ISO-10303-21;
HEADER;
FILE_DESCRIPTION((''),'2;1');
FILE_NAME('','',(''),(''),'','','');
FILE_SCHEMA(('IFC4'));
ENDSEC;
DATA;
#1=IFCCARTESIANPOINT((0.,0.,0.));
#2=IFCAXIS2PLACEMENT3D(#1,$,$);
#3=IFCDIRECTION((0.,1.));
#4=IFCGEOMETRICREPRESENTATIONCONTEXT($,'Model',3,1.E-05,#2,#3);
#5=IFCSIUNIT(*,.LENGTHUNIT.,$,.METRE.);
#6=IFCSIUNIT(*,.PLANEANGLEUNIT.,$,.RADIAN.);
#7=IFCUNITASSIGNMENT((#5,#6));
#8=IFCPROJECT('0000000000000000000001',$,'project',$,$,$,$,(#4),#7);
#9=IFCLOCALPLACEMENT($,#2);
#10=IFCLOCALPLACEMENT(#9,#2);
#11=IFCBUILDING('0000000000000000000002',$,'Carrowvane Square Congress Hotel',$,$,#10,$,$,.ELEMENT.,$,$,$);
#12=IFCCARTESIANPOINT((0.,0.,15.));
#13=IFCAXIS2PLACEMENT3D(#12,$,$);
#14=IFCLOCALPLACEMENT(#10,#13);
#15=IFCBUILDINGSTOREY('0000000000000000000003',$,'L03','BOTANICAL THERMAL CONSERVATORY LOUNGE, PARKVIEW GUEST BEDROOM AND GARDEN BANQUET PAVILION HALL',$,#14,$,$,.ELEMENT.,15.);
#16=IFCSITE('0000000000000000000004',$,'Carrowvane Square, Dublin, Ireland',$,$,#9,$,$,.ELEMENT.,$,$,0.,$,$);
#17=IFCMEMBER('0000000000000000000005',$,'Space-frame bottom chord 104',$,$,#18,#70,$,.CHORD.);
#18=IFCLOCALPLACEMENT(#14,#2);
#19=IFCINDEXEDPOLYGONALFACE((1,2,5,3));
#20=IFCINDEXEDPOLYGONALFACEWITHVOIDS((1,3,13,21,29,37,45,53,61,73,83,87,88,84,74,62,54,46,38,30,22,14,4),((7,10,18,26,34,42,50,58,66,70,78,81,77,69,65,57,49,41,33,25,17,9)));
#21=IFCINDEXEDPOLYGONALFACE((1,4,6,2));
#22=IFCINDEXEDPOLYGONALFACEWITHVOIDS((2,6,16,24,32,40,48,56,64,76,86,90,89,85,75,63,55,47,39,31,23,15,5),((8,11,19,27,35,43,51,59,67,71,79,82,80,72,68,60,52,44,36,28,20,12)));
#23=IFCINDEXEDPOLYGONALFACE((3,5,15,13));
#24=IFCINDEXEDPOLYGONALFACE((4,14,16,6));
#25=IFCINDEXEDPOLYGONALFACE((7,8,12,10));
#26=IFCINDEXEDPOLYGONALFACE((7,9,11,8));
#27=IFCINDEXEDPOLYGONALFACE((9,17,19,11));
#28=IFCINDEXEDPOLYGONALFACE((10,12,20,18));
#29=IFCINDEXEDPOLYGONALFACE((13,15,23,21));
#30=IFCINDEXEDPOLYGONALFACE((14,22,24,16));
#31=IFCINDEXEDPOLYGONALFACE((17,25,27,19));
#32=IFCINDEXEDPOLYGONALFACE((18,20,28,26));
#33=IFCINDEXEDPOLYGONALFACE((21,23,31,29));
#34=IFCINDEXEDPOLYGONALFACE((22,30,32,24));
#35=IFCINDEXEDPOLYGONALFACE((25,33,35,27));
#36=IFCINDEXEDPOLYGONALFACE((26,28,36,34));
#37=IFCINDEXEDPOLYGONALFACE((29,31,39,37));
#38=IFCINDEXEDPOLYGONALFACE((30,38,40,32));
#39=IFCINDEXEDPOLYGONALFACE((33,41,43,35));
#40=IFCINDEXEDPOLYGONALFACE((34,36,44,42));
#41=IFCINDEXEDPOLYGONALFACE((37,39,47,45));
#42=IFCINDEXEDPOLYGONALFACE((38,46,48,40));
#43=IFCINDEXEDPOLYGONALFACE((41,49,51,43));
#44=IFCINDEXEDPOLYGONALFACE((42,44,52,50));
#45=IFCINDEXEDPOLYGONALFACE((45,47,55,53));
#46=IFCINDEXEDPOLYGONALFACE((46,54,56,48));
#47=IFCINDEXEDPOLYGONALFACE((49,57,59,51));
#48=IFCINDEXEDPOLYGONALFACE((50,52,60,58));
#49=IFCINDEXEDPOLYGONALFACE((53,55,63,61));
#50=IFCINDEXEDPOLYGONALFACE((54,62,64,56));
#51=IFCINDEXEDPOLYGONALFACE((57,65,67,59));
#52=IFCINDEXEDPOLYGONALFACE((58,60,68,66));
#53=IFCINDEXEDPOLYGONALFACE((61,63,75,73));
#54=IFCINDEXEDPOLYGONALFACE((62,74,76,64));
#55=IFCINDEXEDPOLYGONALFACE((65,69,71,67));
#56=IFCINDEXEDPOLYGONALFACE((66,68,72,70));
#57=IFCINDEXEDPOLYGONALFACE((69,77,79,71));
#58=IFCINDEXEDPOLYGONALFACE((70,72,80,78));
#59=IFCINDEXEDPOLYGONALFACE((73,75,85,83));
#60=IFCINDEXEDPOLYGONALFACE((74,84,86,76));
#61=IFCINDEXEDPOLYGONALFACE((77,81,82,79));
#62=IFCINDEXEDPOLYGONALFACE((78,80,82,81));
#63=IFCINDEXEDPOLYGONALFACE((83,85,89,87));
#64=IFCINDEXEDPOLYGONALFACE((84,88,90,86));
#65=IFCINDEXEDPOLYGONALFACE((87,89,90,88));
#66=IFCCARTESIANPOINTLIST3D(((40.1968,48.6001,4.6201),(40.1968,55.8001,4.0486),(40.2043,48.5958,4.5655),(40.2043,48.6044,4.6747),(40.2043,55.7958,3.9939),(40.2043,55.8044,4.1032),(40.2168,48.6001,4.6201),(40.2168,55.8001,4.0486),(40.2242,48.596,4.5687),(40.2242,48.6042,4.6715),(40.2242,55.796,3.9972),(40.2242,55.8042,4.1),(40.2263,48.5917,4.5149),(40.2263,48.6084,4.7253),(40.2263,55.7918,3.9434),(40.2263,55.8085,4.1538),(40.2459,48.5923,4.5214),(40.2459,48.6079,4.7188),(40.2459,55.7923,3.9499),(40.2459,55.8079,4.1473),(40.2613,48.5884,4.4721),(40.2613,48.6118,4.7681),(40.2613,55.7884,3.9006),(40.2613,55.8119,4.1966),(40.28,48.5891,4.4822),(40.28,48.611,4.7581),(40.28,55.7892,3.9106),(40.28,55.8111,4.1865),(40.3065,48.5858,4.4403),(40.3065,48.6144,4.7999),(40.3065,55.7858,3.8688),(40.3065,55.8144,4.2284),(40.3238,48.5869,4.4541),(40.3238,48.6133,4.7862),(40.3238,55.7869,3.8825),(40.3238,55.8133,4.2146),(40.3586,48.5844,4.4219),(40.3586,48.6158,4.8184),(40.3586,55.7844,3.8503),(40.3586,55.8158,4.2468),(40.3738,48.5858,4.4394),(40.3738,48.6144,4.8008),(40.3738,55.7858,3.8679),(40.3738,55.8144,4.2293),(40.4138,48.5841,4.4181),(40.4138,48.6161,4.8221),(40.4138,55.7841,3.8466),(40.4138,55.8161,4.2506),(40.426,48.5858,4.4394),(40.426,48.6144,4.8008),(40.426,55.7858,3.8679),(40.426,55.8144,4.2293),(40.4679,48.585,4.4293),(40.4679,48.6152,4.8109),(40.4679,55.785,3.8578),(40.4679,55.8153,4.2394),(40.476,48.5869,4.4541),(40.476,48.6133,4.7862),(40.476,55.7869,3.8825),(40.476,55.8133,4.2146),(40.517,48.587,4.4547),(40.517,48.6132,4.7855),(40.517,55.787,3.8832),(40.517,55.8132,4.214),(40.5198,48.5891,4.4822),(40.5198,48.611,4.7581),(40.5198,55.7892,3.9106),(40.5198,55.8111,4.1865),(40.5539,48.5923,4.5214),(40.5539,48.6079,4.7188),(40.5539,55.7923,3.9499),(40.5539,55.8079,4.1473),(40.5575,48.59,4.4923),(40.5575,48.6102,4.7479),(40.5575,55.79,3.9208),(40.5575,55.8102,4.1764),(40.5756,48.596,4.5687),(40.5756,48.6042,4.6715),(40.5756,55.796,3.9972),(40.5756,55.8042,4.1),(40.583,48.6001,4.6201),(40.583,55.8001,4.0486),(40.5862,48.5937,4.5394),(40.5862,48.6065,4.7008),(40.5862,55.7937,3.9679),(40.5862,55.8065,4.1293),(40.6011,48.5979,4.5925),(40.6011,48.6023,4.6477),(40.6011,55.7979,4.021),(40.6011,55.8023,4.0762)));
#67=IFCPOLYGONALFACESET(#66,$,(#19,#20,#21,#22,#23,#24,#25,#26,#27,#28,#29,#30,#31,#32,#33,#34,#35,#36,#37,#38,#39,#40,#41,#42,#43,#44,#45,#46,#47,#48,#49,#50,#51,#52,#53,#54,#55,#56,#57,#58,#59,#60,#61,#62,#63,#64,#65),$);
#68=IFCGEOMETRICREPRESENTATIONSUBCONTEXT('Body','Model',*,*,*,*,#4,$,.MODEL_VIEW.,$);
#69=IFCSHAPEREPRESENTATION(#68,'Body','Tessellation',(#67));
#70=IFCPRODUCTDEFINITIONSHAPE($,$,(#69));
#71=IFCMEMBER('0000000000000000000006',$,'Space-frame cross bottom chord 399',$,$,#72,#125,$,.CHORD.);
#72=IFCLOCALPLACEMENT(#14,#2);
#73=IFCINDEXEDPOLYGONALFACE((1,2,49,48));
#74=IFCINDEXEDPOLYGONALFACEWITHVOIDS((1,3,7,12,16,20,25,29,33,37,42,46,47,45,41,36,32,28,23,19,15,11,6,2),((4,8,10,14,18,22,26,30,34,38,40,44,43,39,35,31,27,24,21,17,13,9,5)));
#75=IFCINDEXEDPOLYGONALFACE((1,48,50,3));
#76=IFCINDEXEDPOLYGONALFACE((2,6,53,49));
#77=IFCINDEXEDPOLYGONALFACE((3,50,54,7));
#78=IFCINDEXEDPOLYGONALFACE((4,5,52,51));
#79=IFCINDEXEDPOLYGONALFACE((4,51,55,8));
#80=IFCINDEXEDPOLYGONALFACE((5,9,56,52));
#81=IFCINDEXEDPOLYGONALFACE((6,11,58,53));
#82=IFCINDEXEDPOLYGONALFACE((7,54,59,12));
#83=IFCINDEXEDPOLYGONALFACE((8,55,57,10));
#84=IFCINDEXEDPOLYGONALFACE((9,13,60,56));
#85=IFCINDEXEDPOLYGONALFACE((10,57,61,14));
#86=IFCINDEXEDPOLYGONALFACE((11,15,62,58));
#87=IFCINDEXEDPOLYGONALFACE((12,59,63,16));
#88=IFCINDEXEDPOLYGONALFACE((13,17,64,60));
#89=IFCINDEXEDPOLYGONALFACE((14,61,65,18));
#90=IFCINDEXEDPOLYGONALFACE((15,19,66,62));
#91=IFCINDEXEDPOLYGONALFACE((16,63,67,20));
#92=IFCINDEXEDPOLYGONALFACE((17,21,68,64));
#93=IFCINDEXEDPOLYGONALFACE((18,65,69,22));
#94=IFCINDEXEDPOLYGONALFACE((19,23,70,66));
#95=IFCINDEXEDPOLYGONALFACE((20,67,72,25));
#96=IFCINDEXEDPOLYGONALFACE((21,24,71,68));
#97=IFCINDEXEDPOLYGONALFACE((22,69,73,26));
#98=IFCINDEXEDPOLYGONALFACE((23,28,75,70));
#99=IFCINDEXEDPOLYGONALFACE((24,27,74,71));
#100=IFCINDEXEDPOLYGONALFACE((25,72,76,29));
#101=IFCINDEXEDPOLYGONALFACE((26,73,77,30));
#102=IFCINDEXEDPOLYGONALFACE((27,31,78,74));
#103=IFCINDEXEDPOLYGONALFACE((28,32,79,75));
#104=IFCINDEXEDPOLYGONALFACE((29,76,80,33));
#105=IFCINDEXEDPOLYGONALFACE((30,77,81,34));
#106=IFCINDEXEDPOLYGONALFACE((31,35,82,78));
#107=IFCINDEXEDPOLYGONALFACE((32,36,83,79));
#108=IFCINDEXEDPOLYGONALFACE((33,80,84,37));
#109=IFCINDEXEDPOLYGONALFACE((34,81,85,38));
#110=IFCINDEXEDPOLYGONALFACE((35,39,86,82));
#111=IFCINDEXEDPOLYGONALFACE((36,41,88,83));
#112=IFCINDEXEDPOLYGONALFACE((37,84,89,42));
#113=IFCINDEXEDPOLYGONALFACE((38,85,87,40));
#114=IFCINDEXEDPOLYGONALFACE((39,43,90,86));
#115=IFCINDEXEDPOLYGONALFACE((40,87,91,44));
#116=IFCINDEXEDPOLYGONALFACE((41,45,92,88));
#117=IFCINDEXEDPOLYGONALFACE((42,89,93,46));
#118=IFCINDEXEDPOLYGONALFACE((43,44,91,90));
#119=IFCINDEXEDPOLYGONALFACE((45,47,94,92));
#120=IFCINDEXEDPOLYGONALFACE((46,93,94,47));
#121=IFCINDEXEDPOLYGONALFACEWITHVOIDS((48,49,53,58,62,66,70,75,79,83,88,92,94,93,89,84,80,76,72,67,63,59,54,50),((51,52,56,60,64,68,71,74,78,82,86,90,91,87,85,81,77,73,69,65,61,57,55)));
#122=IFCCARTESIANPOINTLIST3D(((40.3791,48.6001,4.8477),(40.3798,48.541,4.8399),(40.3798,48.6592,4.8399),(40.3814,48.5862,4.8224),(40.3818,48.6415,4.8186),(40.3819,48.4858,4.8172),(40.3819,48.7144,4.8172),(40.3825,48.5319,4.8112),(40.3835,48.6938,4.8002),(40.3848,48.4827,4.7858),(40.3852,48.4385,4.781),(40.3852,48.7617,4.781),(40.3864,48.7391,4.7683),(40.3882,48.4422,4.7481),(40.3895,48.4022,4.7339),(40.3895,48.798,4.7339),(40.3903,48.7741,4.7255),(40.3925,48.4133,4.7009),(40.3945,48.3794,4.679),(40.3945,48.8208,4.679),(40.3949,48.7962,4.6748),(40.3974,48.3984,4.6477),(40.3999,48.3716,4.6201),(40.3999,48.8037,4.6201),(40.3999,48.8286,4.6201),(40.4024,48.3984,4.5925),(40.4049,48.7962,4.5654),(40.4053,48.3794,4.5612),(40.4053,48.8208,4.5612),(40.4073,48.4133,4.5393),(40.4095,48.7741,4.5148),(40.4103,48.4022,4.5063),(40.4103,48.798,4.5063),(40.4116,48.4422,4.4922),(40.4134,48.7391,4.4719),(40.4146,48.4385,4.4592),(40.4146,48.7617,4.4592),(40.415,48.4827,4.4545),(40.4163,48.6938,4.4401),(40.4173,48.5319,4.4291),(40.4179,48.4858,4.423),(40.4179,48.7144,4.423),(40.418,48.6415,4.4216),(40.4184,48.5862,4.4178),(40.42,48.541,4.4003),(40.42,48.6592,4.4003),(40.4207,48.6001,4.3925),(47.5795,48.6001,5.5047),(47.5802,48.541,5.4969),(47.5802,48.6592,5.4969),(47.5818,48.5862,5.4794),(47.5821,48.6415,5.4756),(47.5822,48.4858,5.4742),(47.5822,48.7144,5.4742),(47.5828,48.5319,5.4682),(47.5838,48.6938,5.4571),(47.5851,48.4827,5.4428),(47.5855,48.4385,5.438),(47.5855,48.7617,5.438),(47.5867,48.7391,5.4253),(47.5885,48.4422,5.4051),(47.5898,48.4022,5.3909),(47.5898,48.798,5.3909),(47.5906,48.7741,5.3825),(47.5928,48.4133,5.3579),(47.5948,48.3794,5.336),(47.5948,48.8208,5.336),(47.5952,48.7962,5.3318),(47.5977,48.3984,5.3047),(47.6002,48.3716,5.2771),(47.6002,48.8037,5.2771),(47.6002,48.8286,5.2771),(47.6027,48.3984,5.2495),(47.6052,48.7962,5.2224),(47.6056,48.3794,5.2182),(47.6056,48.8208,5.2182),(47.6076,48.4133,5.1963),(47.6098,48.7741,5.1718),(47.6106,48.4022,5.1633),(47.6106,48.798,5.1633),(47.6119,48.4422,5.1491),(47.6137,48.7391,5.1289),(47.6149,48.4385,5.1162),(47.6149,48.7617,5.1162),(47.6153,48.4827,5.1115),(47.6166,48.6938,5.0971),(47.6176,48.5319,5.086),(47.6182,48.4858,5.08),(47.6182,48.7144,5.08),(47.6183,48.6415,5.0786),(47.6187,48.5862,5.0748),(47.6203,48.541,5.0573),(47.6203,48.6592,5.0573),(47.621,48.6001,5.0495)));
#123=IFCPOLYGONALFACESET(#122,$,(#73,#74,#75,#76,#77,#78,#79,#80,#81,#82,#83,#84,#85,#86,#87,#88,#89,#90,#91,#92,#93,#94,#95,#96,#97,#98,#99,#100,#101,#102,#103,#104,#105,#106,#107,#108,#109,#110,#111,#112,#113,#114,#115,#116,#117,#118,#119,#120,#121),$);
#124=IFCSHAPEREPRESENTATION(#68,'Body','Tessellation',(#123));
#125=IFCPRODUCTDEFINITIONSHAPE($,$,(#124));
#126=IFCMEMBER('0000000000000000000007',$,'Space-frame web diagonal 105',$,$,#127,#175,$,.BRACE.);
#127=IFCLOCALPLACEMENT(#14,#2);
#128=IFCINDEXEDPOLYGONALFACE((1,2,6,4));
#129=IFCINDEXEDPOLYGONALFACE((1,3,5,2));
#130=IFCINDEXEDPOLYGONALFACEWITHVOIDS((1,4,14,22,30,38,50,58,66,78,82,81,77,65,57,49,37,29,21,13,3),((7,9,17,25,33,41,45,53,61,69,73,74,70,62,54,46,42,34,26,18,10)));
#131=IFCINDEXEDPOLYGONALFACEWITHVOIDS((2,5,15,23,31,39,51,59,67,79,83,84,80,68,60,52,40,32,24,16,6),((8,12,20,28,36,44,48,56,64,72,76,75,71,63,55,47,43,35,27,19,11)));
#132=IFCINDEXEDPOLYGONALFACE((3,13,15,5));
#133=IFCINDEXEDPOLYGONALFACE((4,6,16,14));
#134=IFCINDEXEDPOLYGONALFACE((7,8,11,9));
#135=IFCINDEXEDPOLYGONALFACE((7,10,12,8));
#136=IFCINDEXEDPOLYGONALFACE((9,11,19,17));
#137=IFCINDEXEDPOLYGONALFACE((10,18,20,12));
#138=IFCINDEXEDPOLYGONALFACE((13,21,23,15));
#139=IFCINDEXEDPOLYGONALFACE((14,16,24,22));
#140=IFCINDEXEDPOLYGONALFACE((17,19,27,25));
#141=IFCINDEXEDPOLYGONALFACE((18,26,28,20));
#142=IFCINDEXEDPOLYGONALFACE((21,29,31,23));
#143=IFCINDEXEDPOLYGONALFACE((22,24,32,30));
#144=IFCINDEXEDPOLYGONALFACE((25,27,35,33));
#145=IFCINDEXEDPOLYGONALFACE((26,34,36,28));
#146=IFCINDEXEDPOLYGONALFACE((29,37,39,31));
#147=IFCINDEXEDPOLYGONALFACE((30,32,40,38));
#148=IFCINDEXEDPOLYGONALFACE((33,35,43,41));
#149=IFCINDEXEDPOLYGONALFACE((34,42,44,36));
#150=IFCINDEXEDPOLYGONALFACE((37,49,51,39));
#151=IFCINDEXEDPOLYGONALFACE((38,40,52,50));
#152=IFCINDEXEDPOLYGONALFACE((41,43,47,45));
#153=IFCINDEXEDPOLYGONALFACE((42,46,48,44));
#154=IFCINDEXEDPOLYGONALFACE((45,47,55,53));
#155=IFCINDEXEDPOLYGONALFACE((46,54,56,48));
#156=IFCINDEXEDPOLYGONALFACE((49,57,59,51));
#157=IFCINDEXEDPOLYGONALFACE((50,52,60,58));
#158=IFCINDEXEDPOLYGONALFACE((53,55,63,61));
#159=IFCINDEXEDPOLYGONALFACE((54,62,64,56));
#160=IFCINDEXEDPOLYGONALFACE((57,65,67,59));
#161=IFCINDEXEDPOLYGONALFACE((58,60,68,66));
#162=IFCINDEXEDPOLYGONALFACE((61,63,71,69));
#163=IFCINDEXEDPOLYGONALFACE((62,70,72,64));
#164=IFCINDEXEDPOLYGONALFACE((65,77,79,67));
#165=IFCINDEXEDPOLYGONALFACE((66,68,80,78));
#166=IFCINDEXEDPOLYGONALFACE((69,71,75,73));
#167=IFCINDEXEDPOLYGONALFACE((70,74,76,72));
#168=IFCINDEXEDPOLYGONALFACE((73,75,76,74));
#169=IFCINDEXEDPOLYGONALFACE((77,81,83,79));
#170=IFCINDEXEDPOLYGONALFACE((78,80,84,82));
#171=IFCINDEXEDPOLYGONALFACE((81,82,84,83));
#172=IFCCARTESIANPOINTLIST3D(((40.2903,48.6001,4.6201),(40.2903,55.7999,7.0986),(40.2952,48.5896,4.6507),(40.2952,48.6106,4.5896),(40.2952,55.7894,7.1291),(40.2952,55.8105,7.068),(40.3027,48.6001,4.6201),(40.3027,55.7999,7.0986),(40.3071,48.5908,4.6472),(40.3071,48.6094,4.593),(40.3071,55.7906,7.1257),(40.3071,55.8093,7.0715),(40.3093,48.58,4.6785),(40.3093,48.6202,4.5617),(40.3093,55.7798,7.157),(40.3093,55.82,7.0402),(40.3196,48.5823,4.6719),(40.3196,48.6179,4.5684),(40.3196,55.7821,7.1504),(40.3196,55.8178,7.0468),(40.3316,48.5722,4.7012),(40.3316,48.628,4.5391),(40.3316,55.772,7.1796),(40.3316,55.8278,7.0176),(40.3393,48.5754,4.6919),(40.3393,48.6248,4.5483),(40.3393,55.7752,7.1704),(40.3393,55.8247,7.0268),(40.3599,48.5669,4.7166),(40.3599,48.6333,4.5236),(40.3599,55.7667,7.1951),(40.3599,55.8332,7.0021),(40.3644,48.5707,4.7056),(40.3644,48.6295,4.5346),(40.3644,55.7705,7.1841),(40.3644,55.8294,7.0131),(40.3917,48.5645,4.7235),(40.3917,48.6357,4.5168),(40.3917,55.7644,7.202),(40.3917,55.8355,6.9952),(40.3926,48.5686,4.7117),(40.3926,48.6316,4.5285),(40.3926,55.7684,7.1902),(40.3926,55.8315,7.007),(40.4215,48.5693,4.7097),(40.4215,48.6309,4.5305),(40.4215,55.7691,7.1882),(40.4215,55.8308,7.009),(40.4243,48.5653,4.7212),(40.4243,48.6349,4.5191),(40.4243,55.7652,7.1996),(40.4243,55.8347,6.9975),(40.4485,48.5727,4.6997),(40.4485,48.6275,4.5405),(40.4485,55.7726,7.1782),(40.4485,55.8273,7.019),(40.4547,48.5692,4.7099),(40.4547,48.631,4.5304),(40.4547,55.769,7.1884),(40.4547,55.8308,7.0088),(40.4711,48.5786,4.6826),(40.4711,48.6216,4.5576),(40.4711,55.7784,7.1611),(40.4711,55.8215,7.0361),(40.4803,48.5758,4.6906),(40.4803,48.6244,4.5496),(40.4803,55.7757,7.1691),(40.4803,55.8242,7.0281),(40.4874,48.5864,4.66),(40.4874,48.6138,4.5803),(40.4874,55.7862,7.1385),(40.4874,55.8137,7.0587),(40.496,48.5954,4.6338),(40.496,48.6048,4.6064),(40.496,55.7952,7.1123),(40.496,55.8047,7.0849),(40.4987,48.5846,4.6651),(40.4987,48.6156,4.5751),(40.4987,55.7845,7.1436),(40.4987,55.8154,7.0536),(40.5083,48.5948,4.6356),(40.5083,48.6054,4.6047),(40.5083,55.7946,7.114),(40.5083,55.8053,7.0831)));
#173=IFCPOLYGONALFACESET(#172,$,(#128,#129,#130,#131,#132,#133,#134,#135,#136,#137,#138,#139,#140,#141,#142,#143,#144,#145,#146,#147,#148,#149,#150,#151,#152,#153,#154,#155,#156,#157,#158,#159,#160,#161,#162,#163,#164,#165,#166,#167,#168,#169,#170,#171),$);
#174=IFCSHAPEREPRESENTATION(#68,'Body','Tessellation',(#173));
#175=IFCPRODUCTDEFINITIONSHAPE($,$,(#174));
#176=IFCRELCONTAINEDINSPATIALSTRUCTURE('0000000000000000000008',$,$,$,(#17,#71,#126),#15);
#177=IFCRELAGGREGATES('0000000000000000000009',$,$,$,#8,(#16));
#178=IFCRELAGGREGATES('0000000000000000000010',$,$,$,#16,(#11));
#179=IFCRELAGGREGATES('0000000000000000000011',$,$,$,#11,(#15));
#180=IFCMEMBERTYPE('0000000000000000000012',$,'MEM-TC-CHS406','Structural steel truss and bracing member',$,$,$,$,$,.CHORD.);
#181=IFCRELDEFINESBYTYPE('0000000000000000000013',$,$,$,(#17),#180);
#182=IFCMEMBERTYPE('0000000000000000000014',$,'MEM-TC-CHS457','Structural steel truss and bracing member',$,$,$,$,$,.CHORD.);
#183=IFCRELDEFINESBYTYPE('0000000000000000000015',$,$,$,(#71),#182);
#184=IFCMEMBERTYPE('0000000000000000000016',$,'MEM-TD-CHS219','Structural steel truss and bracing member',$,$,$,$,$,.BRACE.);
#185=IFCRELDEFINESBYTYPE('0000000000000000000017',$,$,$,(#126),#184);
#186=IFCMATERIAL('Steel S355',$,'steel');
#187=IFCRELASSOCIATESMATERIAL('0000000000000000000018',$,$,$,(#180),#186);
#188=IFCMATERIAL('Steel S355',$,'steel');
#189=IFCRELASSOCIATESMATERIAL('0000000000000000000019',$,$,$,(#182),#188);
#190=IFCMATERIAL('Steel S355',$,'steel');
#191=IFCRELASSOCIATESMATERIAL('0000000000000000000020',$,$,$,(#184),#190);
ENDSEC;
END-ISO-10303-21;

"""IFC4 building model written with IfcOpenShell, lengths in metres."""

from ifc_helpers import new_model, si_unit, direction, frame, origin, origin_2d, place, context, subcontext, project, spatial, hollow_circle, extrude, material, material_profile, profile_set, type_object, element, save


model = new_model("IFC4")

# Units and contexts
model_context = context("Model", 3, precision=1e-05, world=origin(), true_north=direction((0.0, 1.0)))
body_context = subcontext(model_context, "Body", "Model", "MODEL_VIEW")
ifc_project = project(units=[si_unit("LENGTHUNIT", "METRE"), si_unit("PLANEANGLEUNIT", "RADIAN")], contexts=[model_context])

# Site, building, storey
site_placement = place(None, origin())
site = spatial("IfcSite", under=ifc_project, at=site_placement, Name="Carrowvane Square, Dublin, Ireland", CompositionType="ELEMENT", RefElevation=0.0)
building_placement = place(site_placement, origin())
building = spatial("IfcBuilding", under=site, at=building_placement, Name="Carrowvane Square Congress Hotel", CompositionType="ELEMENT")
storey_placement = place(building_placement, frame((0.0, 0.0, 15.0)))
storey = spatial("IfcBuildingStorey", under=building, at=storey_placement, Name="L03", Description="BOTANICAL THERMAL CONSERVATORY LOUNGE, PARKVIEW GUEST BEDROOM AND GARDEN BANQUET PAVILION HALL", CompositionType="ELEMENT", Elevation=15.0)

# Members
ifc_material_1 = material(Name="Steel S355", Category="steel")
ifc_material_profile_1 = material_profile(ifc_material_1, hollow_circle(Radius=0.2031, WallThickness=0.02, at=origin_2d()), Name="CHS 406.4x20")
ifc_profile_set_1 = profile_set([ifc_material_profile_1], Name="Steel S355")
member_type_1 = type_object("IfcMemberType", Name="MEM-TC-CHS406", Description="Structural steel truss and bracing member", PredefinedType="CHORD", material=ifc_profile_set_1)
member_1_placement = place(storey_placement, frame((40.3999, 48.6001, 4.6201), z_axis=(0.0, 0.996864, -0.079131), x_axis=(-1.0, 0.0, 0.0)))
element("IfcMember", 1, at=member_1_placement, inside=storey, type_object=member_type_1, Name="Space-frame bottom chord 104", PredefinedType="CHORD", context=body_context, shape_type="SweptSolid", body=[
    extrude(hollow_circle(Radius=0.2031, WallThickness=0.02, at=origin_2d()), origin(), (0.0, 0.0, 1.0), 7.2227),
])
ifc_material_2 = material(Name="Steel S355", Category="steel")
ifc_material_profile_2 = material_profile(ifc_material_2, hollow_circle(Radius=0.2285, WallThickness=0.0249, at=origin_2d()), Name="CHS 457.0x25")
ifc_profile_set_2 = profile_set([ifc_material_profile_2], Name="Steel S355")
member_type_2 = type_object("IfcMemberType", Name="MEM-TC-CHS457", Description="Structural steel truss and bracing member", PredefinedType="CHORD", material=ifc_profile_set_2)
member_2_placement = place(storey_placement, frame((40.3999, 48.6001, 4.6201), z_axis=(0.995863, 0.0, 0.090868), x_axis=(0.0, 1.0, 0.0)))
element("IfcMember", 2, at=member_2_placement, inside=storey, type_object=member_type_2, Name="Space-frame cross bottom chord 399", PredefinedType="CHORD", context=body_context, shape_type="SweptSolid", body=[
    extrude(hollow_circle(Radius=0.2285, WallThickness=0.0249, at=origin_2d()), origin(), (0.0, 0.0, 1.0), 7.2302),
])
ifc_material_3 = material(Name="Steel S355", Category="steel")
ifc_material_profile_3 = material_profile(ifc_material_3, hollow_circle(Radius=0.1096, WallThickness=0.0125, at=origin_2d()), Name="CHS 219.1x12.5")
ifc_profile_set_3 = profile_set([ifc_material_profile_3], Name="Steel S355")
member_type_3 = type_object("IfcMemberType", Name="MEM-TD-CHS219", Description="Structural steel truss and bracing member", PredefinedType="BRACE", material=ifc_profile_set_3)
member_3_placement = place(storey_placement, frame((40.3999, 48.6001, 4.6201), z_axis=(0.0, 0.945544, 0.325495), x_axis=(-1.0, 0.0, 0.0)))
element("IfcMember", 3, at=member_3_placement, inside=storey, type_object=member_type_3, Name="Space-frame web diagonal 105", PredefinedType="BRACE", context=body_context, shape_type="SweptSolid", body=[
    extrude(hollow_circle(Radius=0.1096, WallThickness=0.0125, at=origin_2d()), origin(), (0.0, 0.0, 1.0), 7.6145),
])

save(model, "model.ifc")
